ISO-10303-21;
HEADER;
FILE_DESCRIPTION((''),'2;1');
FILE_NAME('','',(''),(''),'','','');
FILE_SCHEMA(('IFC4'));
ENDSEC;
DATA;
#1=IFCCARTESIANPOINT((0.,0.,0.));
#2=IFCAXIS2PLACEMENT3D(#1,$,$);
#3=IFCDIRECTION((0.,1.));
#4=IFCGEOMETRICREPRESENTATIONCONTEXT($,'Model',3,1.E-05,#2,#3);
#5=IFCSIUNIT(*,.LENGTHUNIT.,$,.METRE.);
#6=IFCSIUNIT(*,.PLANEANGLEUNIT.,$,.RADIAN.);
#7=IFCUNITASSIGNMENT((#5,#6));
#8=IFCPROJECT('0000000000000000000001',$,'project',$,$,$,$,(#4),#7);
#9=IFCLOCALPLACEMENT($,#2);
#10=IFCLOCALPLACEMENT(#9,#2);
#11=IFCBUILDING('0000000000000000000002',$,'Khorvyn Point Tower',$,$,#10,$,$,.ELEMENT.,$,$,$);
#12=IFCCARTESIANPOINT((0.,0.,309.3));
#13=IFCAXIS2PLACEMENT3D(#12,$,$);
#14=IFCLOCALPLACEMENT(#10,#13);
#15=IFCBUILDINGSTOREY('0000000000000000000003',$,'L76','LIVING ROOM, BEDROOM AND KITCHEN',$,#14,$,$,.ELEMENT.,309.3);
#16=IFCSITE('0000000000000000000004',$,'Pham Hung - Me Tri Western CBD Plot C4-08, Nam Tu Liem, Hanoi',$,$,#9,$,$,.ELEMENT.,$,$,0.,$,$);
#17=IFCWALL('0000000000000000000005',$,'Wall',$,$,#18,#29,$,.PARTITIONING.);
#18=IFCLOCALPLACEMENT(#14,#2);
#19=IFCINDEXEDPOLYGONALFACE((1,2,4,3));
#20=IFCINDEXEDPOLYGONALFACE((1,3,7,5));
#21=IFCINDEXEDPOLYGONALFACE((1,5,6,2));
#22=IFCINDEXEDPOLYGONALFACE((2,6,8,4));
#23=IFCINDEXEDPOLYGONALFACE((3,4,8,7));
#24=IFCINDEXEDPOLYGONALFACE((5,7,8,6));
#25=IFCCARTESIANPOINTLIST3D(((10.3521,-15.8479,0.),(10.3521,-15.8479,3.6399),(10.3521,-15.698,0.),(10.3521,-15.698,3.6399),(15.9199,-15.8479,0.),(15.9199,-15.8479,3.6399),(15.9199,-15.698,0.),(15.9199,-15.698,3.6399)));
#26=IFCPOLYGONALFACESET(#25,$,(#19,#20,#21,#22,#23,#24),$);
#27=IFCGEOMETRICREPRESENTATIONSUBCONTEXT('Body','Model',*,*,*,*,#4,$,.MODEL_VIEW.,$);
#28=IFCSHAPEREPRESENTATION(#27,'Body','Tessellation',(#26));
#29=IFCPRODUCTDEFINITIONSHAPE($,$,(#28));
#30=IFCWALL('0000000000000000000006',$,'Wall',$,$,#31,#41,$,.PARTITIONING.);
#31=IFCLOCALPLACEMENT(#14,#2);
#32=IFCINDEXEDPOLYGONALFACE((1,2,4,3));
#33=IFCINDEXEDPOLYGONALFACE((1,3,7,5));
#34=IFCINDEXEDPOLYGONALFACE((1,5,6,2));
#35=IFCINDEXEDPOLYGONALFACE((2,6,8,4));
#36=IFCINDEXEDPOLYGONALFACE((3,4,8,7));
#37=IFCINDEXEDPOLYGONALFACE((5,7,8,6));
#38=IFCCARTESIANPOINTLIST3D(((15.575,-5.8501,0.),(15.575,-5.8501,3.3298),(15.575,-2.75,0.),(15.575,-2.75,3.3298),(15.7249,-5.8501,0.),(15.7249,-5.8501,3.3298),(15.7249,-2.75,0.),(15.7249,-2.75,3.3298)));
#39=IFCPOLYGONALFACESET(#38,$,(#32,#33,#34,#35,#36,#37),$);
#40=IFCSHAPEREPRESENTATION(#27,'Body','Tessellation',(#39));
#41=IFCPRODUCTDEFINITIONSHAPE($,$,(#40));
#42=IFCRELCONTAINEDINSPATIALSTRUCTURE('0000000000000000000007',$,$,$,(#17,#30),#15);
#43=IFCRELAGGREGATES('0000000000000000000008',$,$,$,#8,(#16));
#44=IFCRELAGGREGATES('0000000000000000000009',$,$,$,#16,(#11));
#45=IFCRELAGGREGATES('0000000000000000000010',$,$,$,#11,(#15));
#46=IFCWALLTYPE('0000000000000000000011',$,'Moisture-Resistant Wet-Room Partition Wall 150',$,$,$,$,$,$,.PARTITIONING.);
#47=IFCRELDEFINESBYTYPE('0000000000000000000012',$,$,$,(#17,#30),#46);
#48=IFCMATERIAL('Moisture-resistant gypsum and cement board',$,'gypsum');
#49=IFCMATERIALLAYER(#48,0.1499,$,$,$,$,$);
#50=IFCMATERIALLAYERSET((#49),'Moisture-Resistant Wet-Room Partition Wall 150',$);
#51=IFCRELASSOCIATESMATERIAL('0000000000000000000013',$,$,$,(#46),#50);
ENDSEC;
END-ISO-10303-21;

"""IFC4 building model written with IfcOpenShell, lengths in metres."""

from ifc_helpers import new_model, si_unit, direction, frame, frame_2d, origin, place, context, subcontext, project, spatial, rectangle, extrude, material, layer, layer_set, type_object, element, save


model = new_model("IFC4")

# Units and contexts
model_context = context("Model", 3, precision=1e-05, world=origin(), true_north=direction((0.0, 1.0)))
body_context = subcontext(model_context, "Body", "Model", "MODEL_VIEW")
ifc_project = project(units=[si_unit("LENGTHUNIT", "METRE"), si_unit("PLANEANGLEUNIT", "RADIAN")], contexts=[model_context])

# Site, building, storey
site_placement = place(None, origin())
site = spatial("IfcSite", under=ifc_project, at=site_placement, Name="Pham Hung - Me Tri Western CBD Plot C4-08, Nam Tu Liem, Hanoi", CompositionType="ELEMENT", RefElevation=0.0)
building_placement = place(site_placement, origin())
building = spatial("IfcBuilding", under=site, at=building_placement, Name="Khorvyn Point Tower", CompositionType="ELEMENT")
storey_placement = place(building_placement, frame((0.0, 0.0, 309.3)))
storey = spatial("IfcBuildingStorey", under=building, at=storey_placement, Name="L76", Description="LIVING ROOM, BEDROOM AND KITCHEN", CompositionType="ELEMENT", Elevation=309.3)

# Shared definitions
ifc_material_1 = material(Name="Moisture-resistant gypsum and cement board", Category="gypsum")
ifc_layer_1 = layer(ifc_material_1, 0.1499)
ifc_layer_set_1 = layer_set([ifc_layer_1], Name="Moisture-Resistant Wet-Room Partition Wall 150")
wall_type = type_object("IfcWallType", Name="Moisture-Resistant Wet-Room Partition Wall 150", PredefinedType="PARTITIONING", material=ifc_layer_set_1)

# Walls
wall_1_placement = place(storey_placement, frame((10.3521, -15.7729, 0.0), z_axis=(0.0, 0.0, 1.0), x_axis=(1.0, 0.0, 0.0)))
element("IfcWall", 1, at=wall_1_placement, inside=storey, type_object=wall_type, Name="Wall", PredefinedType="PARTITIONING", context=body_context, shape_type="SweptSolid", body=[
    extrude(rectangle(XDim=5.5679, YDim=0.1499, at=frame_2d((2.7839, 0.0))), origin(), (0.0, 0.0, 1.0), 3.6399),
])
wall_2_placement = place(storey_placement, frame((15.6499, -5.8501, 0.0), z_axis=(0.0, 0.0, 1.0), x_axis=(0.0, 1.0, 0.0)))
element("IfcWall", 2, at=wall_2_placement, inside=storey, type_object=wall_type, Name="Wall", PredefinedType="PARTITIONING", context=body_context, shape_type="SweptSolid", body=[
    extrude(rectangle(XDim=3.1001, YDim=0.1499, at=frame_2d((1.55, 0.0))), origin(), (0.0, 0.0, 1.0), 3.3298),
])

save(model, "model.ifc")
